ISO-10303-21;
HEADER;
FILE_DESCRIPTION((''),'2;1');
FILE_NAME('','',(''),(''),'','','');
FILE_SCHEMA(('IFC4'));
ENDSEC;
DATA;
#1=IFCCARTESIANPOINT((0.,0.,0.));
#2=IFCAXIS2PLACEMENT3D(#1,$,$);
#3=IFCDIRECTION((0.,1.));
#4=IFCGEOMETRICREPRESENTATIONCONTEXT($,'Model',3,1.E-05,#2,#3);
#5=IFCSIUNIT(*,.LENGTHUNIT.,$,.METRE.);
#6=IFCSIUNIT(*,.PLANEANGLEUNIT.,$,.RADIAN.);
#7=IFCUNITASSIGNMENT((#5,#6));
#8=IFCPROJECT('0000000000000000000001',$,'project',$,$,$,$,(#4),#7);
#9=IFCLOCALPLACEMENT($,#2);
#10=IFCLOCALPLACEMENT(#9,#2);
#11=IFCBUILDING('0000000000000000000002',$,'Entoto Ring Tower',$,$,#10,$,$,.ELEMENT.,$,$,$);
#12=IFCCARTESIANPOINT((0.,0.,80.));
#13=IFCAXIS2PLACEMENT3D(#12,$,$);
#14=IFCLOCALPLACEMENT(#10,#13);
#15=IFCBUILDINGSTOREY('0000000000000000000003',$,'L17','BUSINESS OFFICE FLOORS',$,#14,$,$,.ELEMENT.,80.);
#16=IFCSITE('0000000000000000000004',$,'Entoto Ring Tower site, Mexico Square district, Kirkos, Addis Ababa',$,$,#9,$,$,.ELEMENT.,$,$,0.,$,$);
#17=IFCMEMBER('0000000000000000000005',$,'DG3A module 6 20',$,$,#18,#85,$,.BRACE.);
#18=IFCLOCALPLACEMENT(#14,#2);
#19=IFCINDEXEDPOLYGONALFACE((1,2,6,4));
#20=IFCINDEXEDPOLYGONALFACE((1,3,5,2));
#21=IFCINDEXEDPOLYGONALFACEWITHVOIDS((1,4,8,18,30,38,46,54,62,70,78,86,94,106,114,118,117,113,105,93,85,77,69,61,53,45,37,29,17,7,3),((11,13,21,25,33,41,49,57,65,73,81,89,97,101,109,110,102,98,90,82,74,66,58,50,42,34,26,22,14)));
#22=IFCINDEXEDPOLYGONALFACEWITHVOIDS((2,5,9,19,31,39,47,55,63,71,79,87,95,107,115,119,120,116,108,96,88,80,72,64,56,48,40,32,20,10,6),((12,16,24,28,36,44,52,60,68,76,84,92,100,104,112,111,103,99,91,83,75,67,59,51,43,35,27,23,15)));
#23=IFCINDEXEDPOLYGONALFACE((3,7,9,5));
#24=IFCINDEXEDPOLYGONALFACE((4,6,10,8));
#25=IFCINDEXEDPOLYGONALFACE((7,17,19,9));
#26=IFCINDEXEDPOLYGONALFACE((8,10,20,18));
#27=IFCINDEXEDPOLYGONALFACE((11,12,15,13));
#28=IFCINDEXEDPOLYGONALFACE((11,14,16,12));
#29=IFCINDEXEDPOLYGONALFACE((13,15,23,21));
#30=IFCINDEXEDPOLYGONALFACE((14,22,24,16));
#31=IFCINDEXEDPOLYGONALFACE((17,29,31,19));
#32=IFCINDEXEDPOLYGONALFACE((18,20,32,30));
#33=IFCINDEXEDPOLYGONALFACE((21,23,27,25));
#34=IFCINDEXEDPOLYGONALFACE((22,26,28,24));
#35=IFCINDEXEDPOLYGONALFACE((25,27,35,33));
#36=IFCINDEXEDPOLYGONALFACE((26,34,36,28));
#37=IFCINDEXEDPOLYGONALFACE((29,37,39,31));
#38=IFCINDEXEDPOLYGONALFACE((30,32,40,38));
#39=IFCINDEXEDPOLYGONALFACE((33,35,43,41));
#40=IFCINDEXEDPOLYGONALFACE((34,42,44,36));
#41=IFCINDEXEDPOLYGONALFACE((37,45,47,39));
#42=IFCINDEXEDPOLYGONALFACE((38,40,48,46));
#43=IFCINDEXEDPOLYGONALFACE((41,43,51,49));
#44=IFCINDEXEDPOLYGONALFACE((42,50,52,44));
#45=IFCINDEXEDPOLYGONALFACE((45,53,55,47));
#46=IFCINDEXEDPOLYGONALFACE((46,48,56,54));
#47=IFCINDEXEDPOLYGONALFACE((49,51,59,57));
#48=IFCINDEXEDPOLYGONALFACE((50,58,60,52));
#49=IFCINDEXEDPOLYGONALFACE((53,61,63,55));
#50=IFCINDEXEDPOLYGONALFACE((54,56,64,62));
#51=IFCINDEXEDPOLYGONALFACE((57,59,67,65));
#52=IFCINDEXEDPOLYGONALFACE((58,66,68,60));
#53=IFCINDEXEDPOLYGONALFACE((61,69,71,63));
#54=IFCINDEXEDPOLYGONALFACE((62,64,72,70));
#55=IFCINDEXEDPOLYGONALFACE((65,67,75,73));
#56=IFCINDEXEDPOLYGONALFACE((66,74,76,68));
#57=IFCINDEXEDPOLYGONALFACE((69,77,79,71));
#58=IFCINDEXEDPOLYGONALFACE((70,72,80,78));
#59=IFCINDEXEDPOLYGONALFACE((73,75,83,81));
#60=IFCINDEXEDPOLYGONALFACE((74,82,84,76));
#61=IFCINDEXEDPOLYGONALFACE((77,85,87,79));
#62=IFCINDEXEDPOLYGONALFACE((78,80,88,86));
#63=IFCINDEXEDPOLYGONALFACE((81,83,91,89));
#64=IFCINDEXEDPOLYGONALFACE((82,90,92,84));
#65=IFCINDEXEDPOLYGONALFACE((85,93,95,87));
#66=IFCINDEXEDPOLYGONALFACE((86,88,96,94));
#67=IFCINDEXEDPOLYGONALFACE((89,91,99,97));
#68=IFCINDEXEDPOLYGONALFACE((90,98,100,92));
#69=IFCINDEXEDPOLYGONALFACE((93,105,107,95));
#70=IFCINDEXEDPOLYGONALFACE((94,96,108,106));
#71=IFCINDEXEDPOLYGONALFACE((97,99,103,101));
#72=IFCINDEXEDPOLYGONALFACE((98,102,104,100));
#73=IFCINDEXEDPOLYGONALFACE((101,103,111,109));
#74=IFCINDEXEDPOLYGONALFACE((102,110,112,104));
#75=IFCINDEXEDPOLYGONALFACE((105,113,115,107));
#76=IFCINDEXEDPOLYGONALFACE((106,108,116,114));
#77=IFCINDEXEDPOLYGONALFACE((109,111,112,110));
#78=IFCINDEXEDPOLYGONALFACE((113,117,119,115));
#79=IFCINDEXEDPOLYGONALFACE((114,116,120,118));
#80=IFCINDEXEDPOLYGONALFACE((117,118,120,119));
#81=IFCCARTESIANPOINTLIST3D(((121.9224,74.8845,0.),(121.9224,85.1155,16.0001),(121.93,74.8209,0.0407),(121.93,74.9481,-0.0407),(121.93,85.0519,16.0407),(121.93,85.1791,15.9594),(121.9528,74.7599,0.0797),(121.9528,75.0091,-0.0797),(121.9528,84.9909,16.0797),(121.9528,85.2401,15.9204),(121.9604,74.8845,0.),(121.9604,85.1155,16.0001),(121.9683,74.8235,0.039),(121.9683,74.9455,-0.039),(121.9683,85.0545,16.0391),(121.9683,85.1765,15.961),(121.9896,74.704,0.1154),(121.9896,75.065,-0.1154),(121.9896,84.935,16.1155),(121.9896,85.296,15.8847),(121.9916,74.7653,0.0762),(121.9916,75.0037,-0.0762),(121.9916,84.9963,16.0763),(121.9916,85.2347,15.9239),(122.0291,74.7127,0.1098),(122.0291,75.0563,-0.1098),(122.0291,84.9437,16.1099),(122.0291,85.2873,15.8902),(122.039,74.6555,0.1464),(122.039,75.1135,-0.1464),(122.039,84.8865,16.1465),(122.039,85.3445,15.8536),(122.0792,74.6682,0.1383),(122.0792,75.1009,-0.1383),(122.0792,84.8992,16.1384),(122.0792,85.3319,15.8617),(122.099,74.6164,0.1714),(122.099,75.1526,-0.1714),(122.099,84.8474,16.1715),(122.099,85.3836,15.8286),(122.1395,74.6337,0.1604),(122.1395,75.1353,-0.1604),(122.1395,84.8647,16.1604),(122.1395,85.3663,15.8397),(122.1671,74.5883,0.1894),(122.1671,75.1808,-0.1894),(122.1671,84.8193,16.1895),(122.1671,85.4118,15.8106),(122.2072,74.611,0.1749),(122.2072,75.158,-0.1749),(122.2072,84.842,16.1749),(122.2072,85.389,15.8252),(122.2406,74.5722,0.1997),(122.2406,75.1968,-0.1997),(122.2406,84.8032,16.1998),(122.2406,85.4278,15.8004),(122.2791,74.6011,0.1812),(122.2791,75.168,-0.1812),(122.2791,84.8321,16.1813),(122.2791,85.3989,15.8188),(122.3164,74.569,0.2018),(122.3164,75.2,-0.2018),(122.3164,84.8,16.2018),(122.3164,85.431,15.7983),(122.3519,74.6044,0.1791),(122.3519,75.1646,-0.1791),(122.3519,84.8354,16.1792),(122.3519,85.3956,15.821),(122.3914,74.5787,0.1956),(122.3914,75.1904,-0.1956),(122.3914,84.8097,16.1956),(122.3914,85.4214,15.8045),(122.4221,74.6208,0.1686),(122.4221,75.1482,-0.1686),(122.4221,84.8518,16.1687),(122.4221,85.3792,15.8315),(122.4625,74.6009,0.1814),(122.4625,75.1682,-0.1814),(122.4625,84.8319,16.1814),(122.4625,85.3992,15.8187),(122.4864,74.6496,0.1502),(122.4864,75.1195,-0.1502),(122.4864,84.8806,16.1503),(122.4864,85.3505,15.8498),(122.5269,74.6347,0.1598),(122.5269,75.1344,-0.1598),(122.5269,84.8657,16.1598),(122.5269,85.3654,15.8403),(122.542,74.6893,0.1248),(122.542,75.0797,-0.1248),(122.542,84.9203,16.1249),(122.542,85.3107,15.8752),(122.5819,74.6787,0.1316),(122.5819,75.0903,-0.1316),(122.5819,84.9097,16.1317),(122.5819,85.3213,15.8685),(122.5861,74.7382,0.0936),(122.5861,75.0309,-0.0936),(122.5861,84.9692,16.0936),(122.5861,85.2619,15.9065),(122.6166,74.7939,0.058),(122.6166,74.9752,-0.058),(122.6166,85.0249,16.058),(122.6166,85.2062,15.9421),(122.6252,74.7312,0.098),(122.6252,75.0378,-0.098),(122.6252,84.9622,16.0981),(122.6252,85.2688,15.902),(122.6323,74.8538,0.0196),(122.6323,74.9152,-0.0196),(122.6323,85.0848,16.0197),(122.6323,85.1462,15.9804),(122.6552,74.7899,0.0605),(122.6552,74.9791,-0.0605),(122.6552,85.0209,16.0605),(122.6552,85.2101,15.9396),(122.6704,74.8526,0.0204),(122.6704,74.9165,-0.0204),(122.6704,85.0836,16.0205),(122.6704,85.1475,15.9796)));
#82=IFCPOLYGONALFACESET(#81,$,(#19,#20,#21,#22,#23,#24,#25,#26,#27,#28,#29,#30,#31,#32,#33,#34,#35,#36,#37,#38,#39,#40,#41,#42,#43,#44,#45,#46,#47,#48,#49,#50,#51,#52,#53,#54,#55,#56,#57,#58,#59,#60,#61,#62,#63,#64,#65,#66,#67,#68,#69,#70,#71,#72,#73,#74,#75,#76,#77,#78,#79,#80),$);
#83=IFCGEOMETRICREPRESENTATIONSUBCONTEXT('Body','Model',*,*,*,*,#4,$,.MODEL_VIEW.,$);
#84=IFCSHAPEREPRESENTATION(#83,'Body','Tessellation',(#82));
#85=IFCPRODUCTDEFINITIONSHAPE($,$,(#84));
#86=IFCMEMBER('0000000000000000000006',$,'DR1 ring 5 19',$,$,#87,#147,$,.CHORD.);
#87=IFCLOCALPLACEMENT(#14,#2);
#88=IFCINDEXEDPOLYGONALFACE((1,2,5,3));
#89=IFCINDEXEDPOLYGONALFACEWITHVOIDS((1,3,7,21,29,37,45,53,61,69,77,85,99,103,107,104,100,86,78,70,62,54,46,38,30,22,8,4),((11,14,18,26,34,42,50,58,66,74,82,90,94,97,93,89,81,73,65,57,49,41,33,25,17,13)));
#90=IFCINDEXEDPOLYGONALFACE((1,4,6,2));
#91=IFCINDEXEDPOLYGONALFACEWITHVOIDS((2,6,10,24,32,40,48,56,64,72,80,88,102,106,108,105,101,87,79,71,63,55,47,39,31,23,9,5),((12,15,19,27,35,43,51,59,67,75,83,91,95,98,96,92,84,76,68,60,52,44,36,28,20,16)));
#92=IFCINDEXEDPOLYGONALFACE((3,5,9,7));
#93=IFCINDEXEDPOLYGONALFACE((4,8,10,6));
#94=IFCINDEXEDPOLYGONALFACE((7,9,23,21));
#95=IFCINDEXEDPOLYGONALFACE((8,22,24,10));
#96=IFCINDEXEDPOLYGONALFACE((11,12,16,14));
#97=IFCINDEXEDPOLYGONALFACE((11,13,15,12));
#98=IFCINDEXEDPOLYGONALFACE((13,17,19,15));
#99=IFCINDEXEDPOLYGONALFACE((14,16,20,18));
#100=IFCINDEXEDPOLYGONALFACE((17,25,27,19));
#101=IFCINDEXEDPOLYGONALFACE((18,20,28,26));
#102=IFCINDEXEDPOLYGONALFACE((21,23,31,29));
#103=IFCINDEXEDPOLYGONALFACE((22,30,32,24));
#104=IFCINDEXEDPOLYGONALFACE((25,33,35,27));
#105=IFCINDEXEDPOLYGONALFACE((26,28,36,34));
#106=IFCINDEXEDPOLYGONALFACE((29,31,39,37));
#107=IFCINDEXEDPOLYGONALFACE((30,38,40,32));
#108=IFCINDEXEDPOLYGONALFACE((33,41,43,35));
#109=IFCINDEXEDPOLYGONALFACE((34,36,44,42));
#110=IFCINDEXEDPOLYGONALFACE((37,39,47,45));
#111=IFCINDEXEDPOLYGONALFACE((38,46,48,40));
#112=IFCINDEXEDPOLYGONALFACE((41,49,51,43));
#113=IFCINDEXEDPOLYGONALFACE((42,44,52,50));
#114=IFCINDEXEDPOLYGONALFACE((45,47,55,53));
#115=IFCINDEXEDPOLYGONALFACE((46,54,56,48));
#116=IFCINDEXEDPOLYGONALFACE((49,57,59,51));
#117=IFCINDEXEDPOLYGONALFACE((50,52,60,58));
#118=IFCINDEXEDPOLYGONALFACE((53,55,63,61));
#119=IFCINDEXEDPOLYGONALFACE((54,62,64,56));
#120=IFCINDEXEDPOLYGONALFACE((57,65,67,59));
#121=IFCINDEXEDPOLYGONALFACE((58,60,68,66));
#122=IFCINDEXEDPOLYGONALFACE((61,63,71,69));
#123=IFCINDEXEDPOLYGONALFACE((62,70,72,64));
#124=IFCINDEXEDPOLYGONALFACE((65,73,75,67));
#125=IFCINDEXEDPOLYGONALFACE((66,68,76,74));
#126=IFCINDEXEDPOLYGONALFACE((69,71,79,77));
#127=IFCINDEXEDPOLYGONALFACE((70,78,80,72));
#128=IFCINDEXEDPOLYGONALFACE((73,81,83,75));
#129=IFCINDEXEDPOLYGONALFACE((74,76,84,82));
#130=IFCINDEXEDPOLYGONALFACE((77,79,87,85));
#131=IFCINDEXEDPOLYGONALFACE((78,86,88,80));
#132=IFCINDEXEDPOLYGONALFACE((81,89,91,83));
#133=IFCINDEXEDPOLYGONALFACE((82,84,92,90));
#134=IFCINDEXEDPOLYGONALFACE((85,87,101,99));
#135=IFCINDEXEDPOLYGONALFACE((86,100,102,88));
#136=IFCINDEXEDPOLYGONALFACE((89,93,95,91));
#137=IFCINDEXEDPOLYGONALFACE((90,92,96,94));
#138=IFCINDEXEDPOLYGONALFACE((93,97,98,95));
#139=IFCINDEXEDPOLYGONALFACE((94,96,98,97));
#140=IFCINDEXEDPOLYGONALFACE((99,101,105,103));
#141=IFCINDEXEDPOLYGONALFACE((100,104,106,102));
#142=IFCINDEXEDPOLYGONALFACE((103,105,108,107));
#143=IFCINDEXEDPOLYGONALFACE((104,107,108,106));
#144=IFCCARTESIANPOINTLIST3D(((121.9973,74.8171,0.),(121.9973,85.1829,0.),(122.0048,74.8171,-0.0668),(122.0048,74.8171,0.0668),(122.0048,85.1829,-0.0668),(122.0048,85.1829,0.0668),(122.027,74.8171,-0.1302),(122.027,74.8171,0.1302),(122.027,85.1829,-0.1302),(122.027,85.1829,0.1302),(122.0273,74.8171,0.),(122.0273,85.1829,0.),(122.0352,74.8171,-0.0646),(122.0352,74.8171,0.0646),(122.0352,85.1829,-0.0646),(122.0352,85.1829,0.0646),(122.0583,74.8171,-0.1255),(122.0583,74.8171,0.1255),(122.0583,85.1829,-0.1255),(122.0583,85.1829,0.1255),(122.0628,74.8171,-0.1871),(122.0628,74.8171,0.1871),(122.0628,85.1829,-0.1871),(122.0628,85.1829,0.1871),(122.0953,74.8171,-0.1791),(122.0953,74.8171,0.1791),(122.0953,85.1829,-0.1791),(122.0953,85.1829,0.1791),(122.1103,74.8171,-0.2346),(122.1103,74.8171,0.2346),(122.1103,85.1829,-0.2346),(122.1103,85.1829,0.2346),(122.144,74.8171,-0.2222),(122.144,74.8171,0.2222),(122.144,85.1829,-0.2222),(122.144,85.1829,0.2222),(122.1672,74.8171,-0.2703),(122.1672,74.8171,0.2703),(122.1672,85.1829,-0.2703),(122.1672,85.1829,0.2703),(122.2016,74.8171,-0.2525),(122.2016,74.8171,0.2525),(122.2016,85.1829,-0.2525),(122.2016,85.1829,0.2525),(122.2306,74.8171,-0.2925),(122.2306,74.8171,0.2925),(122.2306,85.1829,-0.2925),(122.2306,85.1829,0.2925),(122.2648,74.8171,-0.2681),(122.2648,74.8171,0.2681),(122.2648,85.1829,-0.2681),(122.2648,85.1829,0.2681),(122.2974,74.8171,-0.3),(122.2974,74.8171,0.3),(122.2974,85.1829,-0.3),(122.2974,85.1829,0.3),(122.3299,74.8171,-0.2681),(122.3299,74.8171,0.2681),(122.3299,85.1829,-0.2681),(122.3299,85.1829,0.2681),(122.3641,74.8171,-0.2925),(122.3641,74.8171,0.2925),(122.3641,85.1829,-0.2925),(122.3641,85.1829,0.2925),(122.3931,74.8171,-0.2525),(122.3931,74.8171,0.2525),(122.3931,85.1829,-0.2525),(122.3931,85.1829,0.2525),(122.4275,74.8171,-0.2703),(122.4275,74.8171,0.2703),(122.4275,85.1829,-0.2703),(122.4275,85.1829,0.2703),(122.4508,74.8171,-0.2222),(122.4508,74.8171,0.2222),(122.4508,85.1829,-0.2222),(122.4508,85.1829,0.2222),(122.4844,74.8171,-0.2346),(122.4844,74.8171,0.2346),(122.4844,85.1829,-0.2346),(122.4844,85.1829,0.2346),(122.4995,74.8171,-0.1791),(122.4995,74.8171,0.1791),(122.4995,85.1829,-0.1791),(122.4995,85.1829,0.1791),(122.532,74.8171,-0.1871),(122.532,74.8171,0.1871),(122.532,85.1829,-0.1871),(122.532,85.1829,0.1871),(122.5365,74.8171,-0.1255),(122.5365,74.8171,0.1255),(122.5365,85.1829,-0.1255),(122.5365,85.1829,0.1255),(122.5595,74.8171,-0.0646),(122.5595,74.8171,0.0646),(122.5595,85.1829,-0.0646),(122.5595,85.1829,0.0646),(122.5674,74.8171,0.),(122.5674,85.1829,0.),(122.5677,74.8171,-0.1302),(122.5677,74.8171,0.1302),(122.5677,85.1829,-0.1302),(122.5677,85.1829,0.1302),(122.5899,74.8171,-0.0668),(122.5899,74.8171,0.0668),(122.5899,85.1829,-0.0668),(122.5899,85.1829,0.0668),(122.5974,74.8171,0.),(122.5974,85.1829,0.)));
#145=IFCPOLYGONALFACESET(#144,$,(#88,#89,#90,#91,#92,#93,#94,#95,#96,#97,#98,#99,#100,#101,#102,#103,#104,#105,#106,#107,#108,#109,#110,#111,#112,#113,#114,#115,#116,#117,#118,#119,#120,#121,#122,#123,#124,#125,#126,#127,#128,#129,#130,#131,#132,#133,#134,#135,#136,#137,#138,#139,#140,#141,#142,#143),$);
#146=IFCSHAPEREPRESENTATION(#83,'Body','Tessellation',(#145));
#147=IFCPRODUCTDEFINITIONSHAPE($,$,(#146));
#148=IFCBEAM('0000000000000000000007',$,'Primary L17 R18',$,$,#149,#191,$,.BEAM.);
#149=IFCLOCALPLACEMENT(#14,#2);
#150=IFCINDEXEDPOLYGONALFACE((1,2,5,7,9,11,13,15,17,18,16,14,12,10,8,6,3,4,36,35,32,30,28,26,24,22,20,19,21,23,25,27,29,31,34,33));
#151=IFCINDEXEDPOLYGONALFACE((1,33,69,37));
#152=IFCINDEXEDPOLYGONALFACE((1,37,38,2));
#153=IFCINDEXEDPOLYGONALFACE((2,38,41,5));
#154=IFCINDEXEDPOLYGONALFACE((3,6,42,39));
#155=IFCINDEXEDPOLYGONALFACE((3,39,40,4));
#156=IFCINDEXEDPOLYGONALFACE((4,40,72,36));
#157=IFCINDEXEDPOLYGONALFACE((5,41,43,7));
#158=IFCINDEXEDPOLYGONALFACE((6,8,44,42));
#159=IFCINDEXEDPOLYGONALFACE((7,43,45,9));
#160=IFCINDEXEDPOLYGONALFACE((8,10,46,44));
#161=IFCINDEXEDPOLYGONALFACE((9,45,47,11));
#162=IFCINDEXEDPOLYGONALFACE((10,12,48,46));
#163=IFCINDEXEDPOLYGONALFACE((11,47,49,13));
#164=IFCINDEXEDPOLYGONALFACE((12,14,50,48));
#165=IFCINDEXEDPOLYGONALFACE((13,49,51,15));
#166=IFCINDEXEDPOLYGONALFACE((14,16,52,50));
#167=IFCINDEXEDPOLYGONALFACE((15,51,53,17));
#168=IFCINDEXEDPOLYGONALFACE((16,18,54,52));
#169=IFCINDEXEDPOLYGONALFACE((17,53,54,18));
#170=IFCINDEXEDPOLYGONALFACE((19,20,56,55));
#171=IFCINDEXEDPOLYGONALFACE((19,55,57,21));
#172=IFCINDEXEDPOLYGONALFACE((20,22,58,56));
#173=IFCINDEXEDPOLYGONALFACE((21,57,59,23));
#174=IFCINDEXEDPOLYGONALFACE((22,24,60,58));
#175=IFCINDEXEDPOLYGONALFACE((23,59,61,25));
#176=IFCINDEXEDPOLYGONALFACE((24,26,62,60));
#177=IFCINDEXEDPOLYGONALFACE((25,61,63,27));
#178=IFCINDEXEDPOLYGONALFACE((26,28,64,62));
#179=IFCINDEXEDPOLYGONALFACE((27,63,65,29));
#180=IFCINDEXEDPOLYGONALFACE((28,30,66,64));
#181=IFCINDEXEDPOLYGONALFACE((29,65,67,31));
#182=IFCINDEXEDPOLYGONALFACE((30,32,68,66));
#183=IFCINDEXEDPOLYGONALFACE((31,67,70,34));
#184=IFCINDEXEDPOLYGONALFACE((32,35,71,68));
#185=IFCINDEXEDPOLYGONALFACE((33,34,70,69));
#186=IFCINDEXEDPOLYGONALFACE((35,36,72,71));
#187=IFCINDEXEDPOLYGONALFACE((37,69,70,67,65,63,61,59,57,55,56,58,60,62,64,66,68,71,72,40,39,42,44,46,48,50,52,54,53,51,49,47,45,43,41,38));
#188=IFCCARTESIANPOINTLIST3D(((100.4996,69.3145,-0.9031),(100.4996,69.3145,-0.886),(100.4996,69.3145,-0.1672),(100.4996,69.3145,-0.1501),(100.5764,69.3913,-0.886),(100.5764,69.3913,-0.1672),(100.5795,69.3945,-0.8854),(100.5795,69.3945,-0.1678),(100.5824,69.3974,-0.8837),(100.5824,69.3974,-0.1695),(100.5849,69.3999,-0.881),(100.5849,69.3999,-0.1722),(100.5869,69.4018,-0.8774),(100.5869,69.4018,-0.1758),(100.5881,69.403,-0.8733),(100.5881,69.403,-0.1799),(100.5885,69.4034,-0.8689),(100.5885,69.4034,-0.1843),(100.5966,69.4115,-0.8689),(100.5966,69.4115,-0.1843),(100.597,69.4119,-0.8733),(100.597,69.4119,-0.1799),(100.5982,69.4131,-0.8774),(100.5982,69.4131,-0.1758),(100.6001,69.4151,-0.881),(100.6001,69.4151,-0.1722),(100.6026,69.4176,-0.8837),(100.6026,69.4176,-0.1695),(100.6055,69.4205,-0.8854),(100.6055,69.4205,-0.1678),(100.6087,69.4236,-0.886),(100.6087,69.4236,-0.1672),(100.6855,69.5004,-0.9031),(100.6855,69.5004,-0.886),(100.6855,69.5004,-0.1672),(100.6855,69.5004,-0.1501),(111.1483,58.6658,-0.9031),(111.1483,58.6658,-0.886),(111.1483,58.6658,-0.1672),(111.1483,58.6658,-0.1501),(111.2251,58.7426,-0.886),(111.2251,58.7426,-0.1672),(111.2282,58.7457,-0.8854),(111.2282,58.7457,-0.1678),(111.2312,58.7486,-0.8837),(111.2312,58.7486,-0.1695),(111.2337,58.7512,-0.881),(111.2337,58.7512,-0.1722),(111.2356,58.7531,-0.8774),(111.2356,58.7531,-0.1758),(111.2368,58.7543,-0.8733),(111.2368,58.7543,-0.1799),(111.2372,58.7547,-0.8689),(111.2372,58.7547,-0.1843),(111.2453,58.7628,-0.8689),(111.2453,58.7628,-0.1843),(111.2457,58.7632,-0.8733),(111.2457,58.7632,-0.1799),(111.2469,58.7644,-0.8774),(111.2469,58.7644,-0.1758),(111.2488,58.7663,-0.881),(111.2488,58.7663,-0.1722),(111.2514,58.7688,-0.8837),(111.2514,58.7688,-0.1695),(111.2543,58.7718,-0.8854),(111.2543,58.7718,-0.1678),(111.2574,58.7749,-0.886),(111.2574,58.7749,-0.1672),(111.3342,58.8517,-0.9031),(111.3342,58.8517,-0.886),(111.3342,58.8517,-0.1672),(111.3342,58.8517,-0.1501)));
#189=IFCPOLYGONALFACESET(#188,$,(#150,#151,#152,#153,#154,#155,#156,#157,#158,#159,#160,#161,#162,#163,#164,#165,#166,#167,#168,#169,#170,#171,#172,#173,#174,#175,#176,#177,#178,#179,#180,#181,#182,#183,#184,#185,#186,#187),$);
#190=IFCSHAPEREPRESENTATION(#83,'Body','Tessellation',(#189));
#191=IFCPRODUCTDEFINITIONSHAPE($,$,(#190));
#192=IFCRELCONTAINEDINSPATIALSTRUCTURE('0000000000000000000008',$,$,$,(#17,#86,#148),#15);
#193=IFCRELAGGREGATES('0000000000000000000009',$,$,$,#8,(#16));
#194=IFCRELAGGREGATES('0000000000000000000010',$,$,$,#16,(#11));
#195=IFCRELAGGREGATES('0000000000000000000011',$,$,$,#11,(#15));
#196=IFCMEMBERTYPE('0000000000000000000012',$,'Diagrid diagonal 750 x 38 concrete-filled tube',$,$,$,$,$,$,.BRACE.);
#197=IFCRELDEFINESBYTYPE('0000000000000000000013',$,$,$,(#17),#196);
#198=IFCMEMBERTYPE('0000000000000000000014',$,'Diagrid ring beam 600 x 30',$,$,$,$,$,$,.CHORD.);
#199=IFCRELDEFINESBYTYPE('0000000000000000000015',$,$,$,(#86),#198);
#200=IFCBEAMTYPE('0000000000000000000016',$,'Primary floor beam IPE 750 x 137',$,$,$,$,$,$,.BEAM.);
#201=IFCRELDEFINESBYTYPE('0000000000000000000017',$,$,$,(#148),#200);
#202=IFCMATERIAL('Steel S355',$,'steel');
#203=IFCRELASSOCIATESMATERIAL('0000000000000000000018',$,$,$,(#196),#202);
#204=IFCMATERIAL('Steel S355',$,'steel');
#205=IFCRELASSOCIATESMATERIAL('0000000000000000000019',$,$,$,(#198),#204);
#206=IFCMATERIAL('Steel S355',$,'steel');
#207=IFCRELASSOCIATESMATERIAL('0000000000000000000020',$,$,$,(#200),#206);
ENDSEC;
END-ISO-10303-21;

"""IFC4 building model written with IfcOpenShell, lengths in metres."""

from ifc_helpers import new_model, si_unit, direction, frame, origin, origin_2d, place, context, subcontext, project, spatial, circle, hollow_circle, i_section, extrude, material, material_profile, profile_set, type_object, element, save


model = new_model("IFC4")

# Units and contexts
model_context = context("Model", 3, precision=1e-05, world=origin(), true_north=direction((0.0, 1.0)))
body_context = subcontext(model_context, "Body", "Model", "MODEL_VIEW")
ifc_project = project(units=[si_unit("LENGTHUNIT", "METRE"), si_unit("PLANEANGLEUNIT", "RADIAN")], contexts=[model_context])

# Site, building, storey
site_placement = place(None, origin())
site = spatial("IfcSite", under=ifc_project, at=site_placement, Name="Entoto Ring Tower site, Mexico Square district, Kirkos, Addis Ababa", CompositionType="ELEMENT", RefElevation=0.0)
building_placement = place(site_placement, origin())
building = spatial("IfcBuilding", under=site, at=building_placement, Name="Entoto Ring Tower", CompositionType="ELEMENT")
storey_placement = place(building_placement, frame((0.0, 0.0, 80.0)))
storey = spatial("IfcBuildingStorey", under=building, at=storey_placement, Name="L17", Description="BUSINESS OFFICE FLOORS", CompositionType="ELEMENT", Elevation=80.0)

# Members
ifc_material_1 = material(Name="Steel S355", Category="steel")
ifc_material_profile_1 = material_profile(ifc_material_1, hollow_circle(Radius=0.375, WallThickness=0.0381, at=origin_2d()), Name="CHS 750 x 38")
ifc_material_2 = material(Name="Concrete C60/75", Category="concrete")
ifc_material_profile_2 = material_profile(ifc_material_2, circle(Radius=0.3369, at=origin_2d()), Name="Concrete C60/75 infill")
ifc_profile_set_1 = profile_set([ifc_material_profile_1, ifc_material_profile_2], Name="Steel S355")
member_type_1 = type_object("IfcMemberType", Name="Diagrid diagonal 750 x 38 concrete-filled tube", PredefinedType="BRACE", material=ifc_profile_set_1)
member_1_placement = place(storey_placement, frame((122.2974, 74.8845, 0.0), z_axis=(0.0, 0.538716, 0.842488), x_axis=(-1.0, 0.0, 0.0)))
element("IfcMember", 1, at=member_1_placement, inside=storey, type_object=member_type_1, Name="DG3A module 6 20", PredefinedType="BRACE", context=body_context, shape_type="SweptSolid", body=[
    extrude(hollow_circle(Radius=0.375, WallThickness=0.0381, at=origin_2d()), origin(), (0.0, 0.0, 1.0), 18.9915),
])
ifc_material_3 = material(Name="Steel S355", Category="steel")
ifc_material_profile_3 = material_profile(ifc_material_3, hollow_circle(Radius=0.3, WallThickness=0.03, at=origin_2d()), Name="CHS 600 x 30")
ifc_material_4 = material(Name="Concrete C60/75", Category="concrete")
ifc_material_profile_4 = material_profile(ifc_material_4, circle(Radius=0.27, at=origin_2d()), Name="Concrete C60/75 infill")
ifc_profile_set_2 = profile_set([ifc_material_profile_3, ifc_material_profile_4], Name="Steel S355")
member_type_2 = type_object("IfcMemberType", Name="Diagrid ring beam 600 x 30", PredefinedType="CHORD", material=ifc_profile_set_2)
member_2_placement = place(storey_placement, frame((122.2974, 74.8171, 0.0), z_axis=(0.0, 1.0, 0.0), x_axis=(-1.0, 0.0, 0.0)))
element("IfcMember", 2, at=member_2_placement, inside=storey, type_object=member_type_2, Name="DR1 ring 5 19", PredefinedType="CHORD", context=body_context, shape_type="SweptSolid", body=[
    extrude(hollow_circle(Radius=0.3, WallThickness=0.03, at=origin_2d()), origin(), (0.0, 0.0, 1.0), 10.3657),
])

# Beam
ifc_material_5 = material(Name="Steel S355", Category="steel")
ifc_material_profile_5 = material_profile(ifc_material_5, i_section(OverallWidth=0.2629, OverallDepth=0.7529, WebThickness=0.0115, FlangeThickness=0.0171, FilletRadius=0.0171, at=origin_2d()), Name="IPE 750 x 137")
ifc_profile_set_3 = profile_set([ifc_material_profile_5], Name="Steel S355")
beam_type_1 = type_object("IfcBeamType", Name="Primary floor beam IPE 750 x 137", PredefinedType="BEAM", material=ifc_profile_set_3)
beam_1_placement = place(storey_placement, frame((100.5925, 69.4075, -0.5266), z_axis=(0.707107, -0.707107, 0.0), x_axis=(0.707107, 0.707107, 0.0)))
element("IfcBeam", 3, at=beam_1_placement, inside=storey, type_object=beam_type_1, Name="Primary L17 R18", PredefinedType="BEAM", context=body_context, shape_type="SweptSolid", body=[
    extrude(i_section(OverallWidth=0.2629, OverallDepth=0.7529, WebThickness=0.0115, FlangeThickness=0.0171, FilletRadius=0.0171, at=origin_2d()), origin(), (0.0, 0.0, 1.0), 15.0596),
])

save(model, "model.ifc")
